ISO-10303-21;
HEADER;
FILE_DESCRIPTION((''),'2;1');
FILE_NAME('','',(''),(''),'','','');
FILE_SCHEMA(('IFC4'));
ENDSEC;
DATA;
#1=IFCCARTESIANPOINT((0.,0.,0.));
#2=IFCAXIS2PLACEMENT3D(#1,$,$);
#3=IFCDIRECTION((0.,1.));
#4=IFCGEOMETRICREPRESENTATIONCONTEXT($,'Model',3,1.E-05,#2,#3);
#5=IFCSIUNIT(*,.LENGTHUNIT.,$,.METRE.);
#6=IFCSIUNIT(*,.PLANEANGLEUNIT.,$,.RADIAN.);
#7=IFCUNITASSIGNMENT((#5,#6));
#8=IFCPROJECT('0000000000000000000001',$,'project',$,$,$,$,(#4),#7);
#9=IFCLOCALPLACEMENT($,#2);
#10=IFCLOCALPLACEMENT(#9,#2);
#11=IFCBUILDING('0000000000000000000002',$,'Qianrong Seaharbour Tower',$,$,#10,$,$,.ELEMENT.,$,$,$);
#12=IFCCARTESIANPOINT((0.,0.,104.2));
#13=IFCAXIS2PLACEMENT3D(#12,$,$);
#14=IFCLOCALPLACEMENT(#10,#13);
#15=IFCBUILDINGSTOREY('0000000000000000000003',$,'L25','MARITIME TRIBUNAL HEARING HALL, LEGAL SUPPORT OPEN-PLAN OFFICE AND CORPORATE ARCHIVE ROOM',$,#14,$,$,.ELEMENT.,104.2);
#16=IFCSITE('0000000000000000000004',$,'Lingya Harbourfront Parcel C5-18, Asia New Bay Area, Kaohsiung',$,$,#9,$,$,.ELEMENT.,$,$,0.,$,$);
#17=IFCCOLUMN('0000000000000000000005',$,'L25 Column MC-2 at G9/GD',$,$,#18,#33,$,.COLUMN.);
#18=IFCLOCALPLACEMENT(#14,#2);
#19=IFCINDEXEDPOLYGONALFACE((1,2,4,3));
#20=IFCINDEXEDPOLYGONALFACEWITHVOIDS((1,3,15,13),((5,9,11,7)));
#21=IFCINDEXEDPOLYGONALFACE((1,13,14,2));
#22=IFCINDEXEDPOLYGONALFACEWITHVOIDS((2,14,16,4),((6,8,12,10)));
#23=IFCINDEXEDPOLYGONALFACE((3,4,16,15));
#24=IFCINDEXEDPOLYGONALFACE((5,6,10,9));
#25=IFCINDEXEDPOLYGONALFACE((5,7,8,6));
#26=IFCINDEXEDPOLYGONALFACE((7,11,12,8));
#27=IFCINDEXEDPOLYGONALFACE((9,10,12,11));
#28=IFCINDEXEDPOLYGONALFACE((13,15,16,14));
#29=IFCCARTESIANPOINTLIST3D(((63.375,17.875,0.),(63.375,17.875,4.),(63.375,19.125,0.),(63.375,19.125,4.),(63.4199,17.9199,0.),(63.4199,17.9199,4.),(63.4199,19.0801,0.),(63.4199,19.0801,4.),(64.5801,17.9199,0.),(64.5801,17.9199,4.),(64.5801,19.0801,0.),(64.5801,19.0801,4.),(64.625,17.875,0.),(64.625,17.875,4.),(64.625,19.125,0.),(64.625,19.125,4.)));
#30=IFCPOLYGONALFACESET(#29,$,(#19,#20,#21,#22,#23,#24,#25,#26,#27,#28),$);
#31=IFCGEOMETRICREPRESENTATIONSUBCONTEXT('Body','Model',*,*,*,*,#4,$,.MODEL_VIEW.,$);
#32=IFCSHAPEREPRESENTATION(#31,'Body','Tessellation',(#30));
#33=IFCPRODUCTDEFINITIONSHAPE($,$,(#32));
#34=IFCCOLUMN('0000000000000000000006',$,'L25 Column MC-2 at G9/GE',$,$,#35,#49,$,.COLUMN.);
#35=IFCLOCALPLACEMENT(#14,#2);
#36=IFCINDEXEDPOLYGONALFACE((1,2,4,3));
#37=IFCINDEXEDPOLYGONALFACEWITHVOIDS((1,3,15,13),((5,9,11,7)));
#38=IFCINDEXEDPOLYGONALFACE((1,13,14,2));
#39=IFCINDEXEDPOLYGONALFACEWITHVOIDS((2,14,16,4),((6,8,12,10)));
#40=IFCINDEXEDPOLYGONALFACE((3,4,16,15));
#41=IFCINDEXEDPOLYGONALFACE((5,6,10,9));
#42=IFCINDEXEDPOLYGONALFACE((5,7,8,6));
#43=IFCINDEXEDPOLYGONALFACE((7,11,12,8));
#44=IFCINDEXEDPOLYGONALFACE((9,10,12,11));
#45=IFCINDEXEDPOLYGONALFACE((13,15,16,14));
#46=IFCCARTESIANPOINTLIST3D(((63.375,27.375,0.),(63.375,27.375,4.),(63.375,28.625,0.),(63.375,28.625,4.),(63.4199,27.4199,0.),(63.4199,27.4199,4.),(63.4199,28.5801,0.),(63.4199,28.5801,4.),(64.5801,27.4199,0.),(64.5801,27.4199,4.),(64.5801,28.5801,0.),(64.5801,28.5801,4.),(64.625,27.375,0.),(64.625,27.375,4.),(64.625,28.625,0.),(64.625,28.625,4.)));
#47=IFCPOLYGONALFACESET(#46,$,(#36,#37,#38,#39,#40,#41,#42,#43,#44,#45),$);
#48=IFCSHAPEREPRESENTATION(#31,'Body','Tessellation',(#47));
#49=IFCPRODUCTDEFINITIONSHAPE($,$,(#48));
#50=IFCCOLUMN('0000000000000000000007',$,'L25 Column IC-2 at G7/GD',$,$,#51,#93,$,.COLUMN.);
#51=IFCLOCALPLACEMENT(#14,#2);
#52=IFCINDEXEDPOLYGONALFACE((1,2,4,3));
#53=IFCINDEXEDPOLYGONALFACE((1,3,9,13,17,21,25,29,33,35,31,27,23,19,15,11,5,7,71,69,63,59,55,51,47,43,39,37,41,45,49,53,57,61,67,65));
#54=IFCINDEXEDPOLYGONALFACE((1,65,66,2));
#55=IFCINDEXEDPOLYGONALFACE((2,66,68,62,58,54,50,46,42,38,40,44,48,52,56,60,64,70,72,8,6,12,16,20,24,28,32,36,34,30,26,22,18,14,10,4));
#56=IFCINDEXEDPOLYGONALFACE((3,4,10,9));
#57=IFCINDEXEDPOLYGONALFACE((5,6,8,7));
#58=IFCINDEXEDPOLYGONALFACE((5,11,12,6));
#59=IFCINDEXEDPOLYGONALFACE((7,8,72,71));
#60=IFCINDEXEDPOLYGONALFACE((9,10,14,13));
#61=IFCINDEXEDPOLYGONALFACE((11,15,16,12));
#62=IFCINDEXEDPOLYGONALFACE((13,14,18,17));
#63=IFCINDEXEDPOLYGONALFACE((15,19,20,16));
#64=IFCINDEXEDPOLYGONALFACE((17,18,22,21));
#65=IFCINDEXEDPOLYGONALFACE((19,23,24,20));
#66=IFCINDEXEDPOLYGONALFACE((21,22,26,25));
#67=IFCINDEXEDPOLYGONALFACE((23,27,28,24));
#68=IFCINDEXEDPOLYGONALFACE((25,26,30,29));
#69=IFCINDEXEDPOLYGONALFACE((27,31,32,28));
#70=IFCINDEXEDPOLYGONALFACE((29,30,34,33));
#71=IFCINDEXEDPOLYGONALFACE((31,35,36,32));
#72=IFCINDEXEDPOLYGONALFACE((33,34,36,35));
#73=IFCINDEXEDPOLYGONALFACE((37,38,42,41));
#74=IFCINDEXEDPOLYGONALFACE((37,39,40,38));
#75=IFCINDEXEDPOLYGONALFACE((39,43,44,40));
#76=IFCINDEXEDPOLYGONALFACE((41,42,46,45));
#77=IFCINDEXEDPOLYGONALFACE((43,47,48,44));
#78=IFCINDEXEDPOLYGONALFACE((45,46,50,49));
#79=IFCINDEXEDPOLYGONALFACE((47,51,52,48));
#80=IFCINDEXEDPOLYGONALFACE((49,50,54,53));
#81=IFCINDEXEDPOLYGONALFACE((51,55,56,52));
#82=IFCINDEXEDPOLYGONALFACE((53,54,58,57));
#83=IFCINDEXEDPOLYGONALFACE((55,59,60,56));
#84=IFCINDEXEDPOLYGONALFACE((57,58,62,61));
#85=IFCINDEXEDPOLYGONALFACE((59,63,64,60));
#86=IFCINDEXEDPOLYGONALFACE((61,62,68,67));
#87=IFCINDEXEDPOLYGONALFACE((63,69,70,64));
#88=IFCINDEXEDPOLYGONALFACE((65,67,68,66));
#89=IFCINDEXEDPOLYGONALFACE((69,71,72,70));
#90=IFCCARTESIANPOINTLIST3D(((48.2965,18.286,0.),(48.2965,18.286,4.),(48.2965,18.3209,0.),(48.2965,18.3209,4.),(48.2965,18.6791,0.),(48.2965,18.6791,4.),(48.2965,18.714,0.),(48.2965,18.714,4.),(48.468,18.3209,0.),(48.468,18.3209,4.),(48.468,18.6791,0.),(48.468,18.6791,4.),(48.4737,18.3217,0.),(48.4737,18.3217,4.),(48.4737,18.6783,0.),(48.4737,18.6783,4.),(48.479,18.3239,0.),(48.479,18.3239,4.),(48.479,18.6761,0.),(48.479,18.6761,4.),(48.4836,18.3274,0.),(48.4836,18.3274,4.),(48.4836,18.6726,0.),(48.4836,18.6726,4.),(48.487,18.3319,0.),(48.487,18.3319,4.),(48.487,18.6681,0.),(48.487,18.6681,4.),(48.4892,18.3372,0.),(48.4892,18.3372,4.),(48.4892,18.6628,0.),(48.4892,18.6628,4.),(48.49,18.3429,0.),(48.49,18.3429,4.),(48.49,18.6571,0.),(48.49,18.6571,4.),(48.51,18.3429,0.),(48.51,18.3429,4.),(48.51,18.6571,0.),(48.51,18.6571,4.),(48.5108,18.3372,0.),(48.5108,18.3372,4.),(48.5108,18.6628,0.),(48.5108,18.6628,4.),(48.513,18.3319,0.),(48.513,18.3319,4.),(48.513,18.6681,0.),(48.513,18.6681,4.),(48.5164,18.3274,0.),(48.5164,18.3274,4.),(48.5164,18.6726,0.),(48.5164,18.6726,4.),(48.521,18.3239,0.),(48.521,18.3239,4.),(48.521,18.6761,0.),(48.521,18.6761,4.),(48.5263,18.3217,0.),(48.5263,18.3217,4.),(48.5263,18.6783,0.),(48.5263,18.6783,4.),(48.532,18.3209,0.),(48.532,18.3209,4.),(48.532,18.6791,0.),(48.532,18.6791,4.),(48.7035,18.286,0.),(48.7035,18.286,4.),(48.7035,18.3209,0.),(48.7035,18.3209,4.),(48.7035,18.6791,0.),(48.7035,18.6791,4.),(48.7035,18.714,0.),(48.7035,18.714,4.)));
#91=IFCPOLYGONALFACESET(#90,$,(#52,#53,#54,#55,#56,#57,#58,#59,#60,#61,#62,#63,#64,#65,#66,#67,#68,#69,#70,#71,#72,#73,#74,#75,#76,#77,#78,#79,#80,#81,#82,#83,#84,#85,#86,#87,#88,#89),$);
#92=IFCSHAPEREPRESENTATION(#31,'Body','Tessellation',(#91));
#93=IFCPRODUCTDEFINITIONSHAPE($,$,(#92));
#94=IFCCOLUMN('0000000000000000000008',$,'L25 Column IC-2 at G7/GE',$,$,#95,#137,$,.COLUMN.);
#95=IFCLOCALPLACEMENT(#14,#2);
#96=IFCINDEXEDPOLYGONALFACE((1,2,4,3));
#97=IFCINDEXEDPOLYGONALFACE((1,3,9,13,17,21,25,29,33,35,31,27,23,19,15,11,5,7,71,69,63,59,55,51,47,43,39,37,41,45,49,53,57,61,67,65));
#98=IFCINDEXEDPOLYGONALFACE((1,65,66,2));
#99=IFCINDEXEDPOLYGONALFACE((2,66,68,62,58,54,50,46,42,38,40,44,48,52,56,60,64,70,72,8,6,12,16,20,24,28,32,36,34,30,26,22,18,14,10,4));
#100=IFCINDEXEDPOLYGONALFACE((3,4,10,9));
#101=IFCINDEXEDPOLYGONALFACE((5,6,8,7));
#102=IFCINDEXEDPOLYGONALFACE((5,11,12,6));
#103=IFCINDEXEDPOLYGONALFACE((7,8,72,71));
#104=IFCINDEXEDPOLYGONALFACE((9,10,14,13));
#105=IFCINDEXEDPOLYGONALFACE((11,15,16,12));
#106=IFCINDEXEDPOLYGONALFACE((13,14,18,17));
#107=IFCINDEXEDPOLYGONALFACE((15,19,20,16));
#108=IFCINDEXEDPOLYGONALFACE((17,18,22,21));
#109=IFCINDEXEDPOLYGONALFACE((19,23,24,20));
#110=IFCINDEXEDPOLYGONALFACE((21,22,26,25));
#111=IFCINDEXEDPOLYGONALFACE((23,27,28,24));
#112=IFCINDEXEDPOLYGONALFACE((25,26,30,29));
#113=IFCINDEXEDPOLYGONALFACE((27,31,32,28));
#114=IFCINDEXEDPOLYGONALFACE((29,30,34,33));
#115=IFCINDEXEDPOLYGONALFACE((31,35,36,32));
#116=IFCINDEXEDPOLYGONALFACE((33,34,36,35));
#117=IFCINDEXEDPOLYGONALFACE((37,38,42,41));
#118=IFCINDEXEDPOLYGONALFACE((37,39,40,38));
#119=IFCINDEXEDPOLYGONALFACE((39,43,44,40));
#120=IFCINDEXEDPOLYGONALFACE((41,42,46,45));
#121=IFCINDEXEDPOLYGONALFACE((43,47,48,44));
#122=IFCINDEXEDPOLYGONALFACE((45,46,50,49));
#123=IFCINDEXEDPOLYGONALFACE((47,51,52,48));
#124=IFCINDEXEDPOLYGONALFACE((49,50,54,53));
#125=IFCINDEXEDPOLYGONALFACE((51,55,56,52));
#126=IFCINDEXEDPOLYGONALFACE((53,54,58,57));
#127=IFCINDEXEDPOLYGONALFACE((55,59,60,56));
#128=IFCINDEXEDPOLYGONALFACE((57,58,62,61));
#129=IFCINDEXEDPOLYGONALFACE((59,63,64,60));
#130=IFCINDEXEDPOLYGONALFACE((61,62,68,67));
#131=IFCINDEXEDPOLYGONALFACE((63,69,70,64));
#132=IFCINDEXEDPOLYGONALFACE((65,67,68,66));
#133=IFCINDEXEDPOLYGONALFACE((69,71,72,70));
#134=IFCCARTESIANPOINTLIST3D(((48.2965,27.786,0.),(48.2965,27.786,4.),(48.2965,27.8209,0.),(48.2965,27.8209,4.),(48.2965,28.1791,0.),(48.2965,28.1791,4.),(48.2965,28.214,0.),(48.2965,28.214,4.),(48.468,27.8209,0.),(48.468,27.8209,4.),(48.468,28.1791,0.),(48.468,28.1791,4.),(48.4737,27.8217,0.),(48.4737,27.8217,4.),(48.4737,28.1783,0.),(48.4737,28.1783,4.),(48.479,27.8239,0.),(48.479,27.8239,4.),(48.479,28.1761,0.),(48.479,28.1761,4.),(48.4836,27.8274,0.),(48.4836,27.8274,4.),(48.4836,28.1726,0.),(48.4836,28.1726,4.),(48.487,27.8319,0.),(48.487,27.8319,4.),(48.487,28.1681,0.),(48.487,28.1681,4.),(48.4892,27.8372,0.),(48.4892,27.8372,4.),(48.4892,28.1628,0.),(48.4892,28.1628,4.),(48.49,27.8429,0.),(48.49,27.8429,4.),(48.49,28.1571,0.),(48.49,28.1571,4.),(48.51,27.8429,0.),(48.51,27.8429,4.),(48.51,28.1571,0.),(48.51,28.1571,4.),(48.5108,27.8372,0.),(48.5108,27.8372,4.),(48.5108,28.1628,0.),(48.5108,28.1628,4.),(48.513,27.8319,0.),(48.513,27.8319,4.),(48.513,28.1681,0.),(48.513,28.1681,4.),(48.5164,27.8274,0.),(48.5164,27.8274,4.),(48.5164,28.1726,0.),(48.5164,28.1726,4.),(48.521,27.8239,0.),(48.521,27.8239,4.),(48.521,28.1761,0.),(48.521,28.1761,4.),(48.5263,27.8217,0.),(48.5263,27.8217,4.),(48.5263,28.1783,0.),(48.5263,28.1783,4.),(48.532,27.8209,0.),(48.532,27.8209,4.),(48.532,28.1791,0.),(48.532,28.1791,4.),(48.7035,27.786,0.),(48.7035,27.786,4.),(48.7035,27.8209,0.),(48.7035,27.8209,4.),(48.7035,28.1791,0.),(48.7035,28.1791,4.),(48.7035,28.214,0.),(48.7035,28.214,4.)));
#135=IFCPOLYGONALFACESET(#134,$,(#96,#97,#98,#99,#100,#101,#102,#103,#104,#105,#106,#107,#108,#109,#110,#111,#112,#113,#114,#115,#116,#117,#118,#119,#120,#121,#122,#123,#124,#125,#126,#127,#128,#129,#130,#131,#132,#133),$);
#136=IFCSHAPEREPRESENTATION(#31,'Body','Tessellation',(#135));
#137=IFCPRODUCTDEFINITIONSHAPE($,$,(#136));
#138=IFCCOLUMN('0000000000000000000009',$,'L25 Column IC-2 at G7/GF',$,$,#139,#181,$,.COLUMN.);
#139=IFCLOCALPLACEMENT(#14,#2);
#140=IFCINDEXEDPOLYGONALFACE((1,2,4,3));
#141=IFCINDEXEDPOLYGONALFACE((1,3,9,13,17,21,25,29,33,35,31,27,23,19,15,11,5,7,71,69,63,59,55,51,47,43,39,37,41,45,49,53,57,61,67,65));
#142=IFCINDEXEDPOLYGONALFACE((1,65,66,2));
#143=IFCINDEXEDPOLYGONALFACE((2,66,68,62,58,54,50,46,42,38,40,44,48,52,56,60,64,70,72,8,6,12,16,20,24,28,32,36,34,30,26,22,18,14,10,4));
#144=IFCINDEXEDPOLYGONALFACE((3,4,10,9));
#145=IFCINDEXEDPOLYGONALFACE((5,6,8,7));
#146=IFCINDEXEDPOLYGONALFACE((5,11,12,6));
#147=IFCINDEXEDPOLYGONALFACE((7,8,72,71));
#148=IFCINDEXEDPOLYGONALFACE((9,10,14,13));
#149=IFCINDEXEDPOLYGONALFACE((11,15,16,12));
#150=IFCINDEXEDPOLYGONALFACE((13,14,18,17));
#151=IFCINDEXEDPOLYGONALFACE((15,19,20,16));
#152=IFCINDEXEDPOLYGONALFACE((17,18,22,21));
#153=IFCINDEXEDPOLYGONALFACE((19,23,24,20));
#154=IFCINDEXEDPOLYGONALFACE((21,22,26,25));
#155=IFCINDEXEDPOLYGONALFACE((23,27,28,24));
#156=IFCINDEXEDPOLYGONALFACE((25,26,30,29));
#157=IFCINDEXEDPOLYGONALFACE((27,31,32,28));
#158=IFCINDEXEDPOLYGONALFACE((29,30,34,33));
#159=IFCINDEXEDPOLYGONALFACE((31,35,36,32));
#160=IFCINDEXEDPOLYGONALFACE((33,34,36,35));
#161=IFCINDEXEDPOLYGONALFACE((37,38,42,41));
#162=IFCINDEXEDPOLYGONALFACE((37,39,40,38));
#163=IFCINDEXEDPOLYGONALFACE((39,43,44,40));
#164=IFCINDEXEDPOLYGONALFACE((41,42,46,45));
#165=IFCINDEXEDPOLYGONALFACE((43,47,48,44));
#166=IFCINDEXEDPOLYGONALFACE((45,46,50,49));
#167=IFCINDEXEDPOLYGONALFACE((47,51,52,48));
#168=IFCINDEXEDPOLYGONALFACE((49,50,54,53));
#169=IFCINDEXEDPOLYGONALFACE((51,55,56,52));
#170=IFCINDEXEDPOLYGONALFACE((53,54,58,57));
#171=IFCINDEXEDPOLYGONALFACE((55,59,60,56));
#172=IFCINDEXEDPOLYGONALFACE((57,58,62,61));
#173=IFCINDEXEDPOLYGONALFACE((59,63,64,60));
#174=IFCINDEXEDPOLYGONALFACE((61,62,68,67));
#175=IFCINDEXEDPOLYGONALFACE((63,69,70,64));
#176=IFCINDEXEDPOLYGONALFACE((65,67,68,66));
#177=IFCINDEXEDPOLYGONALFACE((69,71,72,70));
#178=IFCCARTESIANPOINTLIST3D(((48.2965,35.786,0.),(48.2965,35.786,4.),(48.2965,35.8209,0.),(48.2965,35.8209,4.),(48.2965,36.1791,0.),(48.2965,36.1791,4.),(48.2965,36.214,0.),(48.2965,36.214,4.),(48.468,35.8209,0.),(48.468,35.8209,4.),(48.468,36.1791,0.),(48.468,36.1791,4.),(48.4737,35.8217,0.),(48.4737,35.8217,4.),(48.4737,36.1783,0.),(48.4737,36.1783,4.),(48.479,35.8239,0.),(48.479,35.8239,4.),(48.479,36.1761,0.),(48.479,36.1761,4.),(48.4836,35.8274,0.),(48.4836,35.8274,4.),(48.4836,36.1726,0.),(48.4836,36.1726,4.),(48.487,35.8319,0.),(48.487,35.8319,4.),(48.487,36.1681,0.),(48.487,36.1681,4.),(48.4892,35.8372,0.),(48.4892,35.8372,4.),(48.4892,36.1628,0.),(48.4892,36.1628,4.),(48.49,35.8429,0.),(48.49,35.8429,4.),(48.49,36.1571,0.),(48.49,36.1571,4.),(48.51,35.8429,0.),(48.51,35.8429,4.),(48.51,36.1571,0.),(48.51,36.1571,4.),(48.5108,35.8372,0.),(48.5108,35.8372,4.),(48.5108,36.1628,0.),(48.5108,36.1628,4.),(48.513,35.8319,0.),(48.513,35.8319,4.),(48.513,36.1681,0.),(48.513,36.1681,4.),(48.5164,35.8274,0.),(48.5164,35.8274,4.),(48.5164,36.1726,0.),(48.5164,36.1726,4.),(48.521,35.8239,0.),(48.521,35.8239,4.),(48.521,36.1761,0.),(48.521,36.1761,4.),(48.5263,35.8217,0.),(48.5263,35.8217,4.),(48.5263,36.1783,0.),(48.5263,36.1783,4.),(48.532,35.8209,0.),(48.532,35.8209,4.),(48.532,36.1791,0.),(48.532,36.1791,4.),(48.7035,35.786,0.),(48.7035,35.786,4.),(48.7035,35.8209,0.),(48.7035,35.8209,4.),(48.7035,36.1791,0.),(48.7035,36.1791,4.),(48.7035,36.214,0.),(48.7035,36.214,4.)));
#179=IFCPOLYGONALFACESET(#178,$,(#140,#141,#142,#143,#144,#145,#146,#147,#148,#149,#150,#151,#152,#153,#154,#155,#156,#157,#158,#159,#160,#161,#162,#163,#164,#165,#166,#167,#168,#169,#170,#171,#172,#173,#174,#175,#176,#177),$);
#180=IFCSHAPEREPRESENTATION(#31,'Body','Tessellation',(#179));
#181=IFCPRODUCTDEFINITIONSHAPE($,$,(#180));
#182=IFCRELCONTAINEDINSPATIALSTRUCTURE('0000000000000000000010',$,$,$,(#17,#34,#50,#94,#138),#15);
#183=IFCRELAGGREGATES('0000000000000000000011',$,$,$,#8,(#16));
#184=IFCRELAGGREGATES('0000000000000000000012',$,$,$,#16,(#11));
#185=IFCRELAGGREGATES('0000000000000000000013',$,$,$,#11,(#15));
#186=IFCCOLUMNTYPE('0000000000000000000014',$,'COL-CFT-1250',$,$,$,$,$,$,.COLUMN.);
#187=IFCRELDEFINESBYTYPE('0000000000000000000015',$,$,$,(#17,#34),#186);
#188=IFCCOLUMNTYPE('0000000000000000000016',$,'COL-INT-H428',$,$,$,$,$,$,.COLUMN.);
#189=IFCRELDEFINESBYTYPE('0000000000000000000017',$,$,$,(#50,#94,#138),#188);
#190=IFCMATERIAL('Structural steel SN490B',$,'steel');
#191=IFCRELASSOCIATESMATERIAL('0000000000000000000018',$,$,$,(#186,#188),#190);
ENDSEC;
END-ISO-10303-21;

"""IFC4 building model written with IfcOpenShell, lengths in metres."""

from ifc_helpers import new_model, si_unit, direction, frame, origin, origin_2d, place, context, subcontext, project, spatial, hollow_rectangle, i_section, extrude, material, material_profile, profile_set, type_object, element, save


model = new_model("IFC4")

# Units and contexts
model_context = context("Model", 3, precision=1e-05, world=origin(), true_north=direction((0.0, 1.0)))
body_context = subcontext(model_context, "Body", "Model", "MODEL_VIEW")
ifc_project = project(units=[si_unit("LENGTHUNIT", "METRE"), si_unit("PLANEANGLEUNIT", "RADIAN")], contexts=[model_context])

# Site, building, storey
site_placement = place(None, origin())
site = spatial("IfcSite", under=ifc_project, at=site_placement, Name="Lingya Harbourfront Parcel C5-18, Asia New Bay Area, Kaohsiung", CompositionType="ELEMENT", RefElevation=0.0)
building_placement = place(site_placement, origin())
building = spatial("IfcBuilding", under=site, at=building_placement, Name="Qianrong Seaharbour Tower", CompositionType="ELEMENT")
storey_placement = place(building_placement, frame((0.0, 0.0, 104.2)))
storey = spatial("IfcBuildingStorey", under=building, at=storey_placement, Name="L25", Description="MARITIME TRIBUNAL HEARING HALL, LEGAL SUPPORT OPEN-PLAN OFFICE AND CORPORATE ARCHIVE ROOM", CompositionType="ELEMENT", Elevation=104.2)

# Columns
ifc_material_1 = material(Name="Structural steel SN490B", Category="steel")
ifc_material_profile_1 = material_profile(ifc_material_1, hollow_rectangle(XDim=1.25, YDim=1.25, WallThickness=0.0449, at=origin_2d()), Name="BOX1250x1250x45")
ifc_profile_set_1 = profile_set([ifc_material_profile_1], Name="Structural steel SN490B")
column_type_1 = type_object("IfcColumnType", Name="COL-CFT-1250", PredefinedType="COLUMN", material=ifc_profile_set_1)
for number, where, z_axis, x_axis, name in (
    (1, (64.0, 18.5, 0.0), (0.0, 0.0, 1.0), (1.0, 0.0, 0.0), "L25 Column MC-2 at G9/GD"),
    (2, (64.0, 28.0, 0.0), (0.0, 0.0, 1.0), (1.0, 0.0, 0.0), "L25 Column MC-2 at G9/GE"),
):
    element("IfcColumn", number, at=place(storey_placement, frame(where, z_axis=z_axis, x_axis=x_axis)), inside=storey, type_object=column_type_1, Name=name, PredefinedType="COLUMN", context=body_context, shape_type="SweptSolid", body=[
        extrude(hollow_rectangle(XDim=1.25, YDim=1.25, WallThickness=0.0449, at=origin_2d()), origin(), (0.0, 0.0, 1.0), 4.0),
    ])
ifc_material_profile_2 = material_profile(ifc_material_1, i_section(OverallWidth=0.407, OverallDepth=0.428, WebThickness=0.02, FlangeThickness=0.0349, FilletRadius=0.022, at=origin_2d()), Name="H428x407x20x35")
ifc_profile_set_2 = profile_set([ifc_material_profile_2], Name="Structural steel SN490B")
column_type_2 = type_object("IfcColumnType", Name="COL-INT-H428", PredefinedType="COLUMN", material=ifc_profile_set_2)
for number, where, z_axis, x_axis, name in (
    (3, (48.5, 18.5, 0.0), (0.0, 0.0, 1.0), (1.0, 0.0, 0.0), "L25 Column IC-2 at G7/GD"),
    (4, (48.5, 28.0, 0.0), (0.0, 0.0, 1.0), (1.0, 0.0, 0.0), "L25 Column IC-2 at G7/GE"),
    (5, (48.5, 36.0, 0.0), (0.0, 0.0, 1.0), (1.0, 0.0, 0.0), "L25 Column IC-2 at G7/GF"),
):
    element("IfcColumn", number, at=place(storey_placement, frame(where, z_axis=z_axis, x_axis=x_axis)), inside=storey, type_object=column_type_2, Name=name, PredefinedType="COLUMN", context=body_context, shape_type="SweptSolid", body=[
        extrude(i_section(OverallWidth=0.407, OverallDepth=0.428, WebThickness=0.02, FlangeThickness=0.0349, FilletRadius=0.022, at=origin_2d()), origin(), (0.0, 0.0, 1.0), 4.0),
    ])

save(model, "model.ifc")
